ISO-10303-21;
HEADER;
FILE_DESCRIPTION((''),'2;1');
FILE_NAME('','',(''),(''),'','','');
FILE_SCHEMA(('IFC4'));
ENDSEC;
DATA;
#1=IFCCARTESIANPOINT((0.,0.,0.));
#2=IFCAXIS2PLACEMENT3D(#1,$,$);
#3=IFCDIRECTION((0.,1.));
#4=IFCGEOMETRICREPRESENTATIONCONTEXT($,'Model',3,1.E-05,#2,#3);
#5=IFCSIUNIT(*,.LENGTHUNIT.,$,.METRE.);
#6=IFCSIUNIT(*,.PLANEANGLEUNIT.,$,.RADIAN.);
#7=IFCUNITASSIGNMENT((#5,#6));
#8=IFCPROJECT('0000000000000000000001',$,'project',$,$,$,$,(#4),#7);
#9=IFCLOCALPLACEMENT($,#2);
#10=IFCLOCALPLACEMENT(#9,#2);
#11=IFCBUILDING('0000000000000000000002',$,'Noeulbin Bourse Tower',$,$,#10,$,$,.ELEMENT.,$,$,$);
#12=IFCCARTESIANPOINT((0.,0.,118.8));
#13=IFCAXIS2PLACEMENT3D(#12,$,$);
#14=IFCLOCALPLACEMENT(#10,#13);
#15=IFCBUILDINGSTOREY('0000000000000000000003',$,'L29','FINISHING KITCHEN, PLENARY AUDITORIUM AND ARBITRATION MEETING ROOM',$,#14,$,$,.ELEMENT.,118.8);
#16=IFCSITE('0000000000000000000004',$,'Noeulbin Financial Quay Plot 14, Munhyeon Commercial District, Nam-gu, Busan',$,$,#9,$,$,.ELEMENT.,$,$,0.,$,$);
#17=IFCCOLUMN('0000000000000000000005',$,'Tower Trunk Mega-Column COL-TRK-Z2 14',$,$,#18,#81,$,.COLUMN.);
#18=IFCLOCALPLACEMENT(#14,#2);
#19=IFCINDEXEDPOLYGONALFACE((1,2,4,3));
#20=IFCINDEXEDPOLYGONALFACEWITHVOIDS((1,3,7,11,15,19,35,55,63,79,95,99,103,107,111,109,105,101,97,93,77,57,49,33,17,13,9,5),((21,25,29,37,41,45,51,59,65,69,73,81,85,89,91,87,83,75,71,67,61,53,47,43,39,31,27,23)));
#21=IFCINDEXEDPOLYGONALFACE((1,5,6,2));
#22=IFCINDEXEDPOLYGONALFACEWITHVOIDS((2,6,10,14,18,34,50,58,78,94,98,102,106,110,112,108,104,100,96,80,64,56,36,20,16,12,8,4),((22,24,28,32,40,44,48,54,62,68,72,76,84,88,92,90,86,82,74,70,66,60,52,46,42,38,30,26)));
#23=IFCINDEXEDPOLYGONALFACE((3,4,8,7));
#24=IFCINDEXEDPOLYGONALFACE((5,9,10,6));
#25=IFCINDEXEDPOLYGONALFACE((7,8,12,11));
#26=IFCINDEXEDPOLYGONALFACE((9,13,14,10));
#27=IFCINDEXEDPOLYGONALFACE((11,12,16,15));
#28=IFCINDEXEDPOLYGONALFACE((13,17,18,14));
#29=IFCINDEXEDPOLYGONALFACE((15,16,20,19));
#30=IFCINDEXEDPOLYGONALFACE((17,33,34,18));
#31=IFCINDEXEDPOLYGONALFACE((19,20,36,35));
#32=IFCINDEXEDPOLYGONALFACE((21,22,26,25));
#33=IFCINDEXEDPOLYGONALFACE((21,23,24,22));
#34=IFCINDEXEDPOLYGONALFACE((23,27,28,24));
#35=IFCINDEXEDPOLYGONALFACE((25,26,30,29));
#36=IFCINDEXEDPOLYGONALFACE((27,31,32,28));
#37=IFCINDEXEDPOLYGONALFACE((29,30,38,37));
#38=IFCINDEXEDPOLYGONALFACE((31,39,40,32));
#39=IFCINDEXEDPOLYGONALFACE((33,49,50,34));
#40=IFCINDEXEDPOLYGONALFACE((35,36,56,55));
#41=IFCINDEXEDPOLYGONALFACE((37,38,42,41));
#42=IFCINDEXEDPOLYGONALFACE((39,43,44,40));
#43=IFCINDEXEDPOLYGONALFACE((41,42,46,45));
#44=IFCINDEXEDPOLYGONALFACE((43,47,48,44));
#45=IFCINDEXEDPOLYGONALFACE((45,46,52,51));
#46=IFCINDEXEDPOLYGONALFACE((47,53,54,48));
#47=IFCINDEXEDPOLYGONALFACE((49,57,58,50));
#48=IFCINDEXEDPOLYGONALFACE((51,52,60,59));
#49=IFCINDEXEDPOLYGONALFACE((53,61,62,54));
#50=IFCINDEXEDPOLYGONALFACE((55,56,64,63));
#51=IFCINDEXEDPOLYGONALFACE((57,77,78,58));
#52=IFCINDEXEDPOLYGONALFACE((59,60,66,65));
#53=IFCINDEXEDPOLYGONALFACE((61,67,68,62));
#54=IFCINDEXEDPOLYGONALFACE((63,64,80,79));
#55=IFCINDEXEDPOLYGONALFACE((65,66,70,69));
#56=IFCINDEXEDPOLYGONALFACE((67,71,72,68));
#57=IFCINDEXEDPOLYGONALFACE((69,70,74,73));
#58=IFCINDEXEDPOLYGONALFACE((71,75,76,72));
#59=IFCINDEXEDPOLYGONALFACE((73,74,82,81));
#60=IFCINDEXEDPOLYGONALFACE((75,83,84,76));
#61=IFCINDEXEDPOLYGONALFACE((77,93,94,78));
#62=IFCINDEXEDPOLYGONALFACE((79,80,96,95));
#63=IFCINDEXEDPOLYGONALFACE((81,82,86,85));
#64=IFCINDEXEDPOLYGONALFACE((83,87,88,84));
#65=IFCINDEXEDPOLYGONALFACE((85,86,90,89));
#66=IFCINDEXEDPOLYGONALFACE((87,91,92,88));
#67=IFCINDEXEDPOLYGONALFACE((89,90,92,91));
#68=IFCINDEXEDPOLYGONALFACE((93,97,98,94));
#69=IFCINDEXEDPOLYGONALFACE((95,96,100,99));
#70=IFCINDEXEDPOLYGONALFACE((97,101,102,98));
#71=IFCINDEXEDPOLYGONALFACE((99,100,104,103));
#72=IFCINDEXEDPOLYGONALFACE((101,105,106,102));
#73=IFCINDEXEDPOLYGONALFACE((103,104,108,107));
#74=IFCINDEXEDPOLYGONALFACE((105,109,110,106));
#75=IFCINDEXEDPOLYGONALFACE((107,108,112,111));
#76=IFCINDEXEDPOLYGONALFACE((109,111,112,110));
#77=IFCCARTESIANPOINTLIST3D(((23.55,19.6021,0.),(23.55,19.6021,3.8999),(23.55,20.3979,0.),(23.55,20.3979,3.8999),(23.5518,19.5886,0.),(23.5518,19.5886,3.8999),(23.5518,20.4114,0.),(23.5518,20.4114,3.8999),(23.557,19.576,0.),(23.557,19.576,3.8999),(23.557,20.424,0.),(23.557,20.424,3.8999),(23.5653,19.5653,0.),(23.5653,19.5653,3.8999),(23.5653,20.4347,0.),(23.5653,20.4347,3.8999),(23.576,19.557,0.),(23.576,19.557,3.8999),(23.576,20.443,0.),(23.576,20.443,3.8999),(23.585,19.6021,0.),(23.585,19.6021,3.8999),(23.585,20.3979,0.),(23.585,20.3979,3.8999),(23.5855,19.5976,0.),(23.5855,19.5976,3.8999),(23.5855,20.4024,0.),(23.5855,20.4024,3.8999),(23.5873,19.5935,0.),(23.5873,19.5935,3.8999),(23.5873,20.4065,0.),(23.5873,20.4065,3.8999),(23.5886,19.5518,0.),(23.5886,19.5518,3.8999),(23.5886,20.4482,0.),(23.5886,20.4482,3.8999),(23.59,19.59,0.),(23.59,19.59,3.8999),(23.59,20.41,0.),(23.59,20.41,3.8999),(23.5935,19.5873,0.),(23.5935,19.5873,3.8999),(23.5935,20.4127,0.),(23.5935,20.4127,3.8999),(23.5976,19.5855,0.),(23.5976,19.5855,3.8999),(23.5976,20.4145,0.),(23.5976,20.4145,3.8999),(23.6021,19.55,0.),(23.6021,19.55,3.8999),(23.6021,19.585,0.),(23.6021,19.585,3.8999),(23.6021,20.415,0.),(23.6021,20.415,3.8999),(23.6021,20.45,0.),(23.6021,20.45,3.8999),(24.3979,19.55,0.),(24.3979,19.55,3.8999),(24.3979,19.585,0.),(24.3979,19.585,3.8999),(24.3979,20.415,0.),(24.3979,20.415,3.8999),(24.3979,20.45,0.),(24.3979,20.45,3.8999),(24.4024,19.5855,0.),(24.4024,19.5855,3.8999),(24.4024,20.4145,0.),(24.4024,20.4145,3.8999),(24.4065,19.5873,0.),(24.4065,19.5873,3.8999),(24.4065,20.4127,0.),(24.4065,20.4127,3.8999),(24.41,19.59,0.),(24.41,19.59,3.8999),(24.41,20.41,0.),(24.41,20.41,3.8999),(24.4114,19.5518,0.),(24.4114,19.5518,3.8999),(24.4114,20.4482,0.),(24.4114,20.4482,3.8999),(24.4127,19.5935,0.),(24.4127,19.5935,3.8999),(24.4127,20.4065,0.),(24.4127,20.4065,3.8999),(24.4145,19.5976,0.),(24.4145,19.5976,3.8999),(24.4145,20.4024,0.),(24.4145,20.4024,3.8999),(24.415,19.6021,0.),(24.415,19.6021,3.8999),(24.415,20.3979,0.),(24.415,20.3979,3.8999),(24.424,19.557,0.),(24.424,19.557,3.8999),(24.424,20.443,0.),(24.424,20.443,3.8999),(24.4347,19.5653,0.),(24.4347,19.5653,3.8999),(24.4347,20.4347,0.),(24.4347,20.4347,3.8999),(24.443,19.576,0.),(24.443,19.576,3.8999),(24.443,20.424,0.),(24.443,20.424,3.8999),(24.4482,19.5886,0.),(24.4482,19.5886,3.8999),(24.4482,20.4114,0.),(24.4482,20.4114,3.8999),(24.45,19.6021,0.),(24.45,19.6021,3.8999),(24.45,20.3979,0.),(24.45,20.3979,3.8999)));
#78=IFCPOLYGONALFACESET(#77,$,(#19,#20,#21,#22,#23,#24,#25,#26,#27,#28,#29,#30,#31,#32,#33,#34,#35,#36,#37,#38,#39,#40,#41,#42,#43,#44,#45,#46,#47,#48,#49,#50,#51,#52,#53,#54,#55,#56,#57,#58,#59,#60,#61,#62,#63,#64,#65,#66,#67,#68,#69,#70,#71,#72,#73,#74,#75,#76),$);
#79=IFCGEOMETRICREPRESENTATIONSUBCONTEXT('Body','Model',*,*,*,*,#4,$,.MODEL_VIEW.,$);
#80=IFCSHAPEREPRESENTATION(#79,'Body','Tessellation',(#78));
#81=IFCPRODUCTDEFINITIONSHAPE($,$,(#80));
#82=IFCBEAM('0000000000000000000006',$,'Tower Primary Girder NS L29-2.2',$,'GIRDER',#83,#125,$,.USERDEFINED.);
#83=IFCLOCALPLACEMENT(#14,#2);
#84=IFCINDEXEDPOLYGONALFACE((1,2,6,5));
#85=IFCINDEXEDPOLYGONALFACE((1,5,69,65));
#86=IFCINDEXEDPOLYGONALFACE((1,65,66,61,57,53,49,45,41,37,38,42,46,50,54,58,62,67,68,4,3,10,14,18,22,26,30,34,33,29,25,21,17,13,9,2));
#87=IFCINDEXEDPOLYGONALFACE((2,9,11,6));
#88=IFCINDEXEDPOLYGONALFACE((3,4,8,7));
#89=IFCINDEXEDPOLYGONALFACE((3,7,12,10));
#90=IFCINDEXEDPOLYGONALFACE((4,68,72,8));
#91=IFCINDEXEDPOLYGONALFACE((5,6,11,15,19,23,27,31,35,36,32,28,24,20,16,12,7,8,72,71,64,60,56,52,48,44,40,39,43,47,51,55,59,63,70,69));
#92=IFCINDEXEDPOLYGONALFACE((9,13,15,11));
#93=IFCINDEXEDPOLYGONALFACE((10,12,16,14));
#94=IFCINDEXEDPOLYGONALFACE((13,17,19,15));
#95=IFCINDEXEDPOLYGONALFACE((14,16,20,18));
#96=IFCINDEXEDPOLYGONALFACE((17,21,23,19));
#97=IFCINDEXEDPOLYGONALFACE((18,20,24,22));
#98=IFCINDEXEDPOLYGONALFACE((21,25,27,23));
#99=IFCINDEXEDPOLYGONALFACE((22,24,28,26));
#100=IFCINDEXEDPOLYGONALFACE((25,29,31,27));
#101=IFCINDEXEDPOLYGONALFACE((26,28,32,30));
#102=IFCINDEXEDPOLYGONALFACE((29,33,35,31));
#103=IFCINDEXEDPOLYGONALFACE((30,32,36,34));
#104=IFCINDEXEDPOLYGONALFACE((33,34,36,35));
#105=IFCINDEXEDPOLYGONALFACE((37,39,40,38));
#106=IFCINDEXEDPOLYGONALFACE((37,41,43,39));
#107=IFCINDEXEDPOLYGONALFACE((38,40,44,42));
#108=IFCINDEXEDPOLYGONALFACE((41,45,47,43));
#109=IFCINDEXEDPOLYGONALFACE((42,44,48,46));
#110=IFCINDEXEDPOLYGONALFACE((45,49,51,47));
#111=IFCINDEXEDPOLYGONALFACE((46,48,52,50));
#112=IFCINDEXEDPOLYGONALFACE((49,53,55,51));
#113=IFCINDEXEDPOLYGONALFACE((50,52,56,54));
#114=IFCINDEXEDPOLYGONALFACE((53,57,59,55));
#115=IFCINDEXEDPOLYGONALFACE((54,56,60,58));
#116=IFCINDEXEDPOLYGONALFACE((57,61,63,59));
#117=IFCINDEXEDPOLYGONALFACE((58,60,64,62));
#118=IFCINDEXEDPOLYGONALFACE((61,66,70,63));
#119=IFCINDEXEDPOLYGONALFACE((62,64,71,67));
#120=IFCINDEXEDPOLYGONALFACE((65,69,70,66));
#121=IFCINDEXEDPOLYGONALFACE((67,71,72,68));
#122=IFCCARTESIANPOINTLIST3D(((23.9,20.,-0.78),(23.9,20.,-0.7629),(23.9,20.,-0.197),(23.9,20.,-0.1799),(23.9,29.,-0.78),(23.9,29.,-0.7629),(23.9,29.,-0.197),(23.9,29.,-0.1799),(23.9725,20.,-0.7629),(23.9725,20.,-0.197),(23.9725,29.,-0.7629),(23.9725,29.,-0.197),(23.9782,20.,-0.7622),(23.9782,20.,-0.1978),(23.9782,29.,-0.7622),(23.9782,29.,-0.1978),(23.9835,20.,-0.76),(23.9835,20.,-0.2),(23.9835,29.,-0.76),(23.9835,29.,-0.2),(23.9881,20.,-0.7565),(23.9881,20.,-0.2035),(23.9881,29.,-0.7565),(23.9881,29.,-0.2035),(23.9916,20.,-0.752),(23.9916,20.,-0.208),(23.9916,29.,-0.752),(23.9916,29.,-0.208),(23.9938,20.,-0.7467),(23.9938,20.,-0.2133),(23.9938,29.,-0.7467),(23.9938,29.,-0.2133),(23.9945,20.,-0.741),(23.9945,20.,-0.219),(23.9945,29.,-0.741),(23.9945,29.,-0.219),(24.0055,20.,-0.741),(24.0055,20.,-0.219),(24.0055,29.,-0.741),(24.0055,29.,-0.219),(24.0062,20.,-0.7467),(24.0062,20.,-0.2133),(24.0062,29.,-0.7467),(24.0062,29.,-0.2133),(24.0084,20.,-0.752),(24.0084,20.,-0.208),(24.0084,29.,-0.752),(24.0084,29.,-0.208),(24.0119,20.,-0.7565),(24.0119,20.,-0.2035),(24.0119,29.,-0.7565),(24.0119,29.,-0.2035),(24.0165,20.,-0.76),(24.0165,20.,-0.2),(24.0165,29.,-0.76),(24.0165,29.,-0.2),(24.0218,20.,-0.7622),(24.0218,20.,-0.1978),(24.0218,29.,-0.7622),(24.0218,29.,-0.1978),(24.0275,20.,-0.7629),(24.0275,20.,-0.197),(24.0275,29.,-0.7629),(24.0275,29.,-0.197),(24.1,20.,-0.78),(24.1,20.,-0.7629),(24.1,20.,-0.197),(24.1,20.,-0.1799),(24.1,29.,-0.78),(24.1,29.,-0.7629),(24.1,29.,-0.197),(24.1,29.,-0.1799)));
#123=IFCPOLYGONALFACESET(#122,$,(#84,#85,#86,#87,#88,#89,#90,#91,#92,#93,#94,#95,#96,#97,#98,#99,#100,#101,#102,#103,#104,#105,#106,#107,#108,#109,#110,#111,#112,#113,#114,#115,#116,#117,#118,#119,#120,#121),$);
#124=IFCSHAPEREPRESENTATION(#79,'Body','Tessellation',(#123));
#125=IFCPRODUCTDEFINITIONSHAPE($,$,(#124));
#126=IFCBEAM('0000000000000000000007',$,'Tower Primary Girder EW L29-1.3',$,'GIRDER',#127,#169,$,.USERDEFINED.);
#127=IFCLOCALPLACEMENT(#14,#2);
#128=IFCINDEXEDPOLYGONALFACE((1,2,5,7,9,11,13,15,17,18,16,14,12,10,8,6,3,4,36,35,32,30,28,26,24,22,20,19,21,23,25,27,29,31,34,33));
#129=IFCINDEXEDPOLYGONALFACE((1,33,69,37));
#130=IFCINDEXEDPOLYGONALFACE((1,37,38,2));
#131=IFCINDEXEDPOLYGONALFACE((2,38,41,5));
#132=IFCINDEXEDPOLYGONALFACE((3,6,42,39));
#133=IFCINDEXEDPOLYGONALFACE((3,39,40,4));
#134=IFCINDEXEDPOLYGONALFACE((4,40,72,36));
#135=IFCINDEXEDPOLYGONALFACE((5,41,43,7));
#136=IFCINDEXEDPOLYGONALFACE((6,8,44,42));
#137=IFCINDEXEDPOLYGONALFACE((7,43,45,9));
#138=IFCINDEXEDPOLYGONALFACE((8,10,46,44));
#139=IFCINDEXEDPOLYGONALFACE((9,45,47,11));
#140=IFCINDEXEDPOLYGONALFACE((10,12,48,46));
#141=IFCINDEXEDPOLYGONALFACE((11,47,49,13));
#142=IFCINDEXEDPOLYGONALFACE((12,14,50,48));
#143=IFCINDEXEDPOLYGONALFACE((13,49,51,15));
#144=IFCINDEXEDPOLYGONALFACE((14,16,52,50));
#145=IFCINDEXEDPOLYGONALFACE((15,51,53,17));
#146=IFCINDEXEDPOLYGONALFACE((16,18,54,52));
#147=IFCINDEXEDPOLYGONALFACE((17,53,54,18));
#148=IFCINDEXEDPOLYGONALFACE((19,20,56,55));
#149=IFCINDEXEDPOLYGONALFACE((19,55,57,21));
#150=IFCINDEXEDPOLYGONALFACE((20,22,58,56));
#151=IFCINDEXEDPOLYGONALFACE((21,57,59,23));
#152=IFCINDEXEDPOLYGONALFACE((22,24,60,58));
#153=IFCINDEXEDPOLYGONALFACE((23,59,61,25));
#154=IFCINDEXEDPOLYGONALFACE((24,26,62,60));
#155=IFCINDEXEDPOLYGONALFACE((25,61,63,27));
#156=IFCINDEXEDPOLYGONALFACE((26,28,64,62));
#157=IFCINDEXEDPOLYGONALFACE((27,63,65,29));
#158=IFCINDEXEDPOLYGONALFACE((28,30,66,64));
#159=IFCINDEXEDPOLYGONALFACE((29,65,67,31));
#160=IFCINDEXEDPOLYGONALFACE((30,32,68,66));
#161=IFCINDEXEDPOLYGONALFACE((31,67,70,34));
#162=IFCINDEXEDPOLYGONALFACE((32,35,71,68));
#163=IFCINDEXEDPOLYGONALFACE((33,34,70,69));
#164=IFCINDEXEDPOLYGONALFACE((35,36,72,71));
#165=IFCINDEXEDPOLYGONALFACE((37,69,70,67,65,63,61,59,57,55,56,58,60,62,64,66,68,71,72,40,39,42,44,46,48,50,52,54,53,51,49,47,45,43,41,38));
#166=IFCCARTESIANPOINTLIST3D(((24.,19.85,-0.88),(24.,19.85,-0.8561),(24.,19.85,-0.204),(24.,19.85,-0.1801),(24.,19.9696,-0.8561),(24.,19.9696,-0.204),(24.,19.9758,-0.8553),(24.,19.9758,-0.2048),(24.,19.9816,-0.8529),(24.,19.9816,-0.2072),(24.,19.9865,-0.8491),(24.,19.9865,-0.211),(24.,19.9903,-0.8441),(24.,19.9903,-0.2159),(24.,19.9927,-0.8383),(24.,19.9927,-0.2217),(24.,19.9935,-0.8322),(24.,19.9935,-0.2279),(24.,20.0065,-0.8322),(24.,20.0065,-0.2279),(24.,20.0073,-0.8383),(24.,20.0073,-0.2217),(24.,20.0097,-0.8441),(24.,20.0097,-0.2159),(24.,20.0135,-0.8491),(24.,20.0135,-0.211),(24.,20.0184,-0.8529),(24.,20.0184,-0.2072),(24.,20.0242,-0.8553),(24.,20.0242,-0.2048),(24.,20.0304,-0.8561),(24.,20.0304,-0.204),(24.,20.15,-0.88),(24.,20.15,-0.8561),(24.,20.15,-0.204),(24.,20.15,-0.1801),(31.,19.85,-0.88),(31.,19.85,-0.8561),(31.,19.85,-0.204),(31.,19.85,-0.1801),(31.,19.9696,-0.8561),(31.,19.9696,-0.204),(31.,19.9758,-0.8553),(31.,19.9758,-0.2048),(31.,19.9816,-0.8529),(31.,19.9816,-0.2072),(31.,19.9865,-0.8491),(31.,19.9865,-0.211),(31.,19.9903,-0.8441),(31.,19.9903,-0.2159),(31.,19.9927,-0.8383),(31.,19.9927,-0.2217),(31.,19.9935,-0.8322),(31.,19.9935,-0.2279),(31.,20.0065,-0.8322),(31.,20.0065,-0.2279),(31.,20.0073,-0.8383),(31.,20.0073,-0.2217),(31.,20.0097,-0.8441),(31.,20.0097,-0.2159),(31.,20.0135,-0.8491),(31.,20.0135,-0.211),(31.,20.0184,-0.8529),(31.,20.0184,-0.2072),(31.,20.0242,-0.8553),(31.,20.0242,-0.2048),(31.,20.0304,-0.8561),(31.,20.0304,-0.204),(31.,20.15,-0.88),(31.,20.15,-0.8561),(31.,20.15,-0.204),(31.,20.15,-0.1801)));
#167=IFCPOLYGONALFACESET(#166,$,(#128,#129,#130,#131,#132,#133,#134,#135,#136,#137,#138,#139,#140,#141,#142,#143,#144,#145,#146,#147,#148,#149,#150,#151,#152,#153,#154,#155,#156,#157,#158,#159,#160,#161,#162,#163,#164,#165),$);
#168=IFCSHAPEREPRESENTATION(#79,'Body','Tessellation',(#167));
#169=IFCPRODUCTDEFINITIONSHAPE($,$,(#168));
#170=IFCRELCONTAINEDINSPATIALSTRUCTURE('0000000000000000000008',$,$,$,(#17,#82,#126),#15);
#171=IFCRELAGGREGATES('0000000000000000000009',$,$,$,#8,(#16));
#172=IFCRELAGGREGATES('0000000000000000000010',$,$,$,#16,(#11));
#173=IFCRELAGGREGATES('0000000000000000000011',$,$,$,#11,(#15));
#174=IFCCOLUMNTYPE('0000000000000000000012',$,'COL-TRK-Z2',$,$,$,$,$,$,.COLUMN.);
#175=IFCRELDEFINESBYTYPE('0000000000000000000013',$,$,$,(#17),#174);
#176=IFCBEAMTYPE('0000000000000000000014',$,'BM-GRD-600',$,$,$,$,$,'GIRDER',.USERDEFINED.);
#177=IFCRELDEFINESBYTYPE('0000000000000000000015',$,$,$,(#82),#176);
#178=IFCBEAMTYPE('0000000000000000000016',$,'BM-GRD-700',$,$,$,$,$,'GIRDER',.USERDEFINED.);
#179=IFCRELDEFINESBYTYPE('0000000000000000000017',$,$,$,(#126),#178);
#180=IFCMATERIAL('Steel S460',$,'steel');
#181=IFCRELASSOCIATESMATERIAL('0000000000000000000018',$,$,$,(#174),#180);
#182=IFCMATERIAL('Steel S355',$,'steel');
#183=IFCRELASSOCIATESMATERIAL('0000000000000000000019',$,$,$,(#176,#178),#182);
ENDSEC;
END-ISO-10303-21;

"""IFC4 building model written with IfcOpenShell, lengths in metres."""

from ifc_helpers import new_model, si_unit, direction, frame, origin, origin_2d, place, context, subcontext, project, spatial, hollow_rectangle, i_section, extrude, material, material_profile, profile_set, type_object, element, save


model = new_model("IFC4")

# Units and contexts
model_context = context("Model", 3, precision=1e-05, world=origin(), true_north=direction((0.0, 1.0)))
body_context = subcontext(model_context, "Body", "Model", "MODEL_VIEW")
ifc_project = project(units=[si_unit("LENGTHUNIT", "METRE"), si_unit("PLANEANGLEUNIT", "RADIAN")], contexts=[model_context])

# Site, building, storey
site_placement = place(None, origin())
site = spatial("IfcSite", under=ifc_project, at=site_placement, Name="Noeulbin Financial Quay Plot 14, Munhyeon Commercial District, Nam-gu, Busan", CompositionType="ELEMENT", RefElevation=0.0)
building_placement = place(site_placement, origin())
building = spatial("IfcBuilding", under=site, at=building_placement, Name="Noeulbin Bourse Tower", CompositionType="ELEMENT")
storey_placement = place(building_placement, frame((0.0, 0.0, 118.8)))
storey = spatial("IfcBuildingStorey", under=building, at=storey_placement, Name="L29", Description="FINISHING KITCHEN, PLENARY AUDITORIUM AND ARBITRATION MEETING ROOM", CompositionType="ELEMENT", Elevation=118.8)

# Column
ifc_material_1 = material(Name="Steel S460", Category="steel")
ifc_material_profile_1 = material_profile(ifc_material_1, hollow_rectangle(XDim=0.8999, YDim=0.8999, WallThickness=0.0349, InnerFilletRadius=0.0171, OuterFilletRadius=0.052, at=origin_2d()), Name="BOX-900x900x35", Category="LoadBearing")
ifc_profile_set_1 = profile_set([ifc_material_profile_1], Name="Steel S460")
column_type = type_object("IfcColumnType", Name="COL-TRK-Z2", PredefinedType="COLUMN", material=ifc_profile_set_1)
column_placement = place(storey_placement, frame((24.0, 20.0, 0.0), z_axis=(0.0, 0.0, 1.0), x_axis=(1.0, 0.0, 0.0)))
element("IfcColumn", 1, at=column_placement, inside=storey, type_object=column_type, Name="Tower Trunk Mega-Column COL-TRK-Z2 14", PredefinedType="COLUMN", context=body_context, shape_type="SweptSolid", body=[
    extrude(hollow_rectangle(XDim=0.8999, YDim=0.8999, WallThickness=0.0349, InnerFilletRadius=0.0171, OuterFilletRadius=0.052, at=origin_2d()), origin(), (0.0, 0.0, 1.0), 3.8999),
])

# Beams
ifc_material_2 = material(Name="Steel S355", Category="steel")
ifc_material_profile_2 = material_profile(ifc_material_2, i_section(OverallWidth=0.2, OverallDepth=0.6001, WebThickness=0.011, FlangeThickness=0.0171, FilletRadius=0.022, at=origin_2d()), Name="H-600x200x11x17", Category="LoadBearing")
ifc_profile_set_2 = profile_set([ifc_material_profile_2], Name="Steel S355")
beam_type_1 = type_object("IfcBeamType", Name="BM-GRD-600", ElementType="GIRDER", PredefinedType="USERDEFINED", material=ifc_profile_set_2)
beam_1_placement = place(storey_placement, frame((24.0, 20.0, -0.48), z_axis=(0.0, 1.0, 0.0), x_axis=(-1.0, 0.0, 0.0)))
element("IfcBeam", 2, at=beam_1_placement, inside=storey, type_object=beam_type_1, Name="Tower Primary Girder NS L29-2.2", ObjectType="GIRDER", PredefinedType="USERDEFINED", context=body_context, shape_type="SweptSolid", body=[
    extrude(i_section(OverallWidth=0.2, OverallDepth=0.6001, WebThickness=0.011, FlangeThickness=0.0171, FilletRadius=0.022, at=origin_2d()), origin(), (0.0, 0.0, 1.0), 9.0),
])
ifc_material_profile_3 = material_profile(ifc_material_2, i_section(OverallWidth=0.3, OverallDepth=0.7, WebThickness=0.0129, FlangeThickness=0.0239, FilletRadius=0.0239, at=origin_2d()), Name="H-700x300x13x24", Category="LoadBearing")
ifc_profile_set_3 = profile_set([ifc_material_profile_3], Name="Steel S355")
beam_type_2 = type_object("IfcBeamType", Name="BM-GRD-700", ElementType="GIRDER", PredefinedType="USERDEFINED", material=ifc_profile_set_3)
beam_2_placement = place(storey_placement, frame((24.0, 20.0, -0.53), z_axis=(1.0, 0.0, 0.0), x_axis=(0.0, 1.0, 0.0)))
element("IfcBeam", 3, at=beam_2_placement, inside=storey, type_object=beam_type_2, Name="Tower Primary Girder EW L29-1.3", ObjectType="GIRDER", PredefinedType="USERDEFINED", context=body_context, shape_type="SweptSolid", body=[
    extrude(i_section(OverallWidth=0.3, OverallDepth=0.7, WebThickness=0.0129, FlangeThickness=0.0239, FilletRadius=0.0239, at=origin_2d()), origin(), (0.0, 0.0, 1.0), 7.0),
])

save(model, "model.ifc")
